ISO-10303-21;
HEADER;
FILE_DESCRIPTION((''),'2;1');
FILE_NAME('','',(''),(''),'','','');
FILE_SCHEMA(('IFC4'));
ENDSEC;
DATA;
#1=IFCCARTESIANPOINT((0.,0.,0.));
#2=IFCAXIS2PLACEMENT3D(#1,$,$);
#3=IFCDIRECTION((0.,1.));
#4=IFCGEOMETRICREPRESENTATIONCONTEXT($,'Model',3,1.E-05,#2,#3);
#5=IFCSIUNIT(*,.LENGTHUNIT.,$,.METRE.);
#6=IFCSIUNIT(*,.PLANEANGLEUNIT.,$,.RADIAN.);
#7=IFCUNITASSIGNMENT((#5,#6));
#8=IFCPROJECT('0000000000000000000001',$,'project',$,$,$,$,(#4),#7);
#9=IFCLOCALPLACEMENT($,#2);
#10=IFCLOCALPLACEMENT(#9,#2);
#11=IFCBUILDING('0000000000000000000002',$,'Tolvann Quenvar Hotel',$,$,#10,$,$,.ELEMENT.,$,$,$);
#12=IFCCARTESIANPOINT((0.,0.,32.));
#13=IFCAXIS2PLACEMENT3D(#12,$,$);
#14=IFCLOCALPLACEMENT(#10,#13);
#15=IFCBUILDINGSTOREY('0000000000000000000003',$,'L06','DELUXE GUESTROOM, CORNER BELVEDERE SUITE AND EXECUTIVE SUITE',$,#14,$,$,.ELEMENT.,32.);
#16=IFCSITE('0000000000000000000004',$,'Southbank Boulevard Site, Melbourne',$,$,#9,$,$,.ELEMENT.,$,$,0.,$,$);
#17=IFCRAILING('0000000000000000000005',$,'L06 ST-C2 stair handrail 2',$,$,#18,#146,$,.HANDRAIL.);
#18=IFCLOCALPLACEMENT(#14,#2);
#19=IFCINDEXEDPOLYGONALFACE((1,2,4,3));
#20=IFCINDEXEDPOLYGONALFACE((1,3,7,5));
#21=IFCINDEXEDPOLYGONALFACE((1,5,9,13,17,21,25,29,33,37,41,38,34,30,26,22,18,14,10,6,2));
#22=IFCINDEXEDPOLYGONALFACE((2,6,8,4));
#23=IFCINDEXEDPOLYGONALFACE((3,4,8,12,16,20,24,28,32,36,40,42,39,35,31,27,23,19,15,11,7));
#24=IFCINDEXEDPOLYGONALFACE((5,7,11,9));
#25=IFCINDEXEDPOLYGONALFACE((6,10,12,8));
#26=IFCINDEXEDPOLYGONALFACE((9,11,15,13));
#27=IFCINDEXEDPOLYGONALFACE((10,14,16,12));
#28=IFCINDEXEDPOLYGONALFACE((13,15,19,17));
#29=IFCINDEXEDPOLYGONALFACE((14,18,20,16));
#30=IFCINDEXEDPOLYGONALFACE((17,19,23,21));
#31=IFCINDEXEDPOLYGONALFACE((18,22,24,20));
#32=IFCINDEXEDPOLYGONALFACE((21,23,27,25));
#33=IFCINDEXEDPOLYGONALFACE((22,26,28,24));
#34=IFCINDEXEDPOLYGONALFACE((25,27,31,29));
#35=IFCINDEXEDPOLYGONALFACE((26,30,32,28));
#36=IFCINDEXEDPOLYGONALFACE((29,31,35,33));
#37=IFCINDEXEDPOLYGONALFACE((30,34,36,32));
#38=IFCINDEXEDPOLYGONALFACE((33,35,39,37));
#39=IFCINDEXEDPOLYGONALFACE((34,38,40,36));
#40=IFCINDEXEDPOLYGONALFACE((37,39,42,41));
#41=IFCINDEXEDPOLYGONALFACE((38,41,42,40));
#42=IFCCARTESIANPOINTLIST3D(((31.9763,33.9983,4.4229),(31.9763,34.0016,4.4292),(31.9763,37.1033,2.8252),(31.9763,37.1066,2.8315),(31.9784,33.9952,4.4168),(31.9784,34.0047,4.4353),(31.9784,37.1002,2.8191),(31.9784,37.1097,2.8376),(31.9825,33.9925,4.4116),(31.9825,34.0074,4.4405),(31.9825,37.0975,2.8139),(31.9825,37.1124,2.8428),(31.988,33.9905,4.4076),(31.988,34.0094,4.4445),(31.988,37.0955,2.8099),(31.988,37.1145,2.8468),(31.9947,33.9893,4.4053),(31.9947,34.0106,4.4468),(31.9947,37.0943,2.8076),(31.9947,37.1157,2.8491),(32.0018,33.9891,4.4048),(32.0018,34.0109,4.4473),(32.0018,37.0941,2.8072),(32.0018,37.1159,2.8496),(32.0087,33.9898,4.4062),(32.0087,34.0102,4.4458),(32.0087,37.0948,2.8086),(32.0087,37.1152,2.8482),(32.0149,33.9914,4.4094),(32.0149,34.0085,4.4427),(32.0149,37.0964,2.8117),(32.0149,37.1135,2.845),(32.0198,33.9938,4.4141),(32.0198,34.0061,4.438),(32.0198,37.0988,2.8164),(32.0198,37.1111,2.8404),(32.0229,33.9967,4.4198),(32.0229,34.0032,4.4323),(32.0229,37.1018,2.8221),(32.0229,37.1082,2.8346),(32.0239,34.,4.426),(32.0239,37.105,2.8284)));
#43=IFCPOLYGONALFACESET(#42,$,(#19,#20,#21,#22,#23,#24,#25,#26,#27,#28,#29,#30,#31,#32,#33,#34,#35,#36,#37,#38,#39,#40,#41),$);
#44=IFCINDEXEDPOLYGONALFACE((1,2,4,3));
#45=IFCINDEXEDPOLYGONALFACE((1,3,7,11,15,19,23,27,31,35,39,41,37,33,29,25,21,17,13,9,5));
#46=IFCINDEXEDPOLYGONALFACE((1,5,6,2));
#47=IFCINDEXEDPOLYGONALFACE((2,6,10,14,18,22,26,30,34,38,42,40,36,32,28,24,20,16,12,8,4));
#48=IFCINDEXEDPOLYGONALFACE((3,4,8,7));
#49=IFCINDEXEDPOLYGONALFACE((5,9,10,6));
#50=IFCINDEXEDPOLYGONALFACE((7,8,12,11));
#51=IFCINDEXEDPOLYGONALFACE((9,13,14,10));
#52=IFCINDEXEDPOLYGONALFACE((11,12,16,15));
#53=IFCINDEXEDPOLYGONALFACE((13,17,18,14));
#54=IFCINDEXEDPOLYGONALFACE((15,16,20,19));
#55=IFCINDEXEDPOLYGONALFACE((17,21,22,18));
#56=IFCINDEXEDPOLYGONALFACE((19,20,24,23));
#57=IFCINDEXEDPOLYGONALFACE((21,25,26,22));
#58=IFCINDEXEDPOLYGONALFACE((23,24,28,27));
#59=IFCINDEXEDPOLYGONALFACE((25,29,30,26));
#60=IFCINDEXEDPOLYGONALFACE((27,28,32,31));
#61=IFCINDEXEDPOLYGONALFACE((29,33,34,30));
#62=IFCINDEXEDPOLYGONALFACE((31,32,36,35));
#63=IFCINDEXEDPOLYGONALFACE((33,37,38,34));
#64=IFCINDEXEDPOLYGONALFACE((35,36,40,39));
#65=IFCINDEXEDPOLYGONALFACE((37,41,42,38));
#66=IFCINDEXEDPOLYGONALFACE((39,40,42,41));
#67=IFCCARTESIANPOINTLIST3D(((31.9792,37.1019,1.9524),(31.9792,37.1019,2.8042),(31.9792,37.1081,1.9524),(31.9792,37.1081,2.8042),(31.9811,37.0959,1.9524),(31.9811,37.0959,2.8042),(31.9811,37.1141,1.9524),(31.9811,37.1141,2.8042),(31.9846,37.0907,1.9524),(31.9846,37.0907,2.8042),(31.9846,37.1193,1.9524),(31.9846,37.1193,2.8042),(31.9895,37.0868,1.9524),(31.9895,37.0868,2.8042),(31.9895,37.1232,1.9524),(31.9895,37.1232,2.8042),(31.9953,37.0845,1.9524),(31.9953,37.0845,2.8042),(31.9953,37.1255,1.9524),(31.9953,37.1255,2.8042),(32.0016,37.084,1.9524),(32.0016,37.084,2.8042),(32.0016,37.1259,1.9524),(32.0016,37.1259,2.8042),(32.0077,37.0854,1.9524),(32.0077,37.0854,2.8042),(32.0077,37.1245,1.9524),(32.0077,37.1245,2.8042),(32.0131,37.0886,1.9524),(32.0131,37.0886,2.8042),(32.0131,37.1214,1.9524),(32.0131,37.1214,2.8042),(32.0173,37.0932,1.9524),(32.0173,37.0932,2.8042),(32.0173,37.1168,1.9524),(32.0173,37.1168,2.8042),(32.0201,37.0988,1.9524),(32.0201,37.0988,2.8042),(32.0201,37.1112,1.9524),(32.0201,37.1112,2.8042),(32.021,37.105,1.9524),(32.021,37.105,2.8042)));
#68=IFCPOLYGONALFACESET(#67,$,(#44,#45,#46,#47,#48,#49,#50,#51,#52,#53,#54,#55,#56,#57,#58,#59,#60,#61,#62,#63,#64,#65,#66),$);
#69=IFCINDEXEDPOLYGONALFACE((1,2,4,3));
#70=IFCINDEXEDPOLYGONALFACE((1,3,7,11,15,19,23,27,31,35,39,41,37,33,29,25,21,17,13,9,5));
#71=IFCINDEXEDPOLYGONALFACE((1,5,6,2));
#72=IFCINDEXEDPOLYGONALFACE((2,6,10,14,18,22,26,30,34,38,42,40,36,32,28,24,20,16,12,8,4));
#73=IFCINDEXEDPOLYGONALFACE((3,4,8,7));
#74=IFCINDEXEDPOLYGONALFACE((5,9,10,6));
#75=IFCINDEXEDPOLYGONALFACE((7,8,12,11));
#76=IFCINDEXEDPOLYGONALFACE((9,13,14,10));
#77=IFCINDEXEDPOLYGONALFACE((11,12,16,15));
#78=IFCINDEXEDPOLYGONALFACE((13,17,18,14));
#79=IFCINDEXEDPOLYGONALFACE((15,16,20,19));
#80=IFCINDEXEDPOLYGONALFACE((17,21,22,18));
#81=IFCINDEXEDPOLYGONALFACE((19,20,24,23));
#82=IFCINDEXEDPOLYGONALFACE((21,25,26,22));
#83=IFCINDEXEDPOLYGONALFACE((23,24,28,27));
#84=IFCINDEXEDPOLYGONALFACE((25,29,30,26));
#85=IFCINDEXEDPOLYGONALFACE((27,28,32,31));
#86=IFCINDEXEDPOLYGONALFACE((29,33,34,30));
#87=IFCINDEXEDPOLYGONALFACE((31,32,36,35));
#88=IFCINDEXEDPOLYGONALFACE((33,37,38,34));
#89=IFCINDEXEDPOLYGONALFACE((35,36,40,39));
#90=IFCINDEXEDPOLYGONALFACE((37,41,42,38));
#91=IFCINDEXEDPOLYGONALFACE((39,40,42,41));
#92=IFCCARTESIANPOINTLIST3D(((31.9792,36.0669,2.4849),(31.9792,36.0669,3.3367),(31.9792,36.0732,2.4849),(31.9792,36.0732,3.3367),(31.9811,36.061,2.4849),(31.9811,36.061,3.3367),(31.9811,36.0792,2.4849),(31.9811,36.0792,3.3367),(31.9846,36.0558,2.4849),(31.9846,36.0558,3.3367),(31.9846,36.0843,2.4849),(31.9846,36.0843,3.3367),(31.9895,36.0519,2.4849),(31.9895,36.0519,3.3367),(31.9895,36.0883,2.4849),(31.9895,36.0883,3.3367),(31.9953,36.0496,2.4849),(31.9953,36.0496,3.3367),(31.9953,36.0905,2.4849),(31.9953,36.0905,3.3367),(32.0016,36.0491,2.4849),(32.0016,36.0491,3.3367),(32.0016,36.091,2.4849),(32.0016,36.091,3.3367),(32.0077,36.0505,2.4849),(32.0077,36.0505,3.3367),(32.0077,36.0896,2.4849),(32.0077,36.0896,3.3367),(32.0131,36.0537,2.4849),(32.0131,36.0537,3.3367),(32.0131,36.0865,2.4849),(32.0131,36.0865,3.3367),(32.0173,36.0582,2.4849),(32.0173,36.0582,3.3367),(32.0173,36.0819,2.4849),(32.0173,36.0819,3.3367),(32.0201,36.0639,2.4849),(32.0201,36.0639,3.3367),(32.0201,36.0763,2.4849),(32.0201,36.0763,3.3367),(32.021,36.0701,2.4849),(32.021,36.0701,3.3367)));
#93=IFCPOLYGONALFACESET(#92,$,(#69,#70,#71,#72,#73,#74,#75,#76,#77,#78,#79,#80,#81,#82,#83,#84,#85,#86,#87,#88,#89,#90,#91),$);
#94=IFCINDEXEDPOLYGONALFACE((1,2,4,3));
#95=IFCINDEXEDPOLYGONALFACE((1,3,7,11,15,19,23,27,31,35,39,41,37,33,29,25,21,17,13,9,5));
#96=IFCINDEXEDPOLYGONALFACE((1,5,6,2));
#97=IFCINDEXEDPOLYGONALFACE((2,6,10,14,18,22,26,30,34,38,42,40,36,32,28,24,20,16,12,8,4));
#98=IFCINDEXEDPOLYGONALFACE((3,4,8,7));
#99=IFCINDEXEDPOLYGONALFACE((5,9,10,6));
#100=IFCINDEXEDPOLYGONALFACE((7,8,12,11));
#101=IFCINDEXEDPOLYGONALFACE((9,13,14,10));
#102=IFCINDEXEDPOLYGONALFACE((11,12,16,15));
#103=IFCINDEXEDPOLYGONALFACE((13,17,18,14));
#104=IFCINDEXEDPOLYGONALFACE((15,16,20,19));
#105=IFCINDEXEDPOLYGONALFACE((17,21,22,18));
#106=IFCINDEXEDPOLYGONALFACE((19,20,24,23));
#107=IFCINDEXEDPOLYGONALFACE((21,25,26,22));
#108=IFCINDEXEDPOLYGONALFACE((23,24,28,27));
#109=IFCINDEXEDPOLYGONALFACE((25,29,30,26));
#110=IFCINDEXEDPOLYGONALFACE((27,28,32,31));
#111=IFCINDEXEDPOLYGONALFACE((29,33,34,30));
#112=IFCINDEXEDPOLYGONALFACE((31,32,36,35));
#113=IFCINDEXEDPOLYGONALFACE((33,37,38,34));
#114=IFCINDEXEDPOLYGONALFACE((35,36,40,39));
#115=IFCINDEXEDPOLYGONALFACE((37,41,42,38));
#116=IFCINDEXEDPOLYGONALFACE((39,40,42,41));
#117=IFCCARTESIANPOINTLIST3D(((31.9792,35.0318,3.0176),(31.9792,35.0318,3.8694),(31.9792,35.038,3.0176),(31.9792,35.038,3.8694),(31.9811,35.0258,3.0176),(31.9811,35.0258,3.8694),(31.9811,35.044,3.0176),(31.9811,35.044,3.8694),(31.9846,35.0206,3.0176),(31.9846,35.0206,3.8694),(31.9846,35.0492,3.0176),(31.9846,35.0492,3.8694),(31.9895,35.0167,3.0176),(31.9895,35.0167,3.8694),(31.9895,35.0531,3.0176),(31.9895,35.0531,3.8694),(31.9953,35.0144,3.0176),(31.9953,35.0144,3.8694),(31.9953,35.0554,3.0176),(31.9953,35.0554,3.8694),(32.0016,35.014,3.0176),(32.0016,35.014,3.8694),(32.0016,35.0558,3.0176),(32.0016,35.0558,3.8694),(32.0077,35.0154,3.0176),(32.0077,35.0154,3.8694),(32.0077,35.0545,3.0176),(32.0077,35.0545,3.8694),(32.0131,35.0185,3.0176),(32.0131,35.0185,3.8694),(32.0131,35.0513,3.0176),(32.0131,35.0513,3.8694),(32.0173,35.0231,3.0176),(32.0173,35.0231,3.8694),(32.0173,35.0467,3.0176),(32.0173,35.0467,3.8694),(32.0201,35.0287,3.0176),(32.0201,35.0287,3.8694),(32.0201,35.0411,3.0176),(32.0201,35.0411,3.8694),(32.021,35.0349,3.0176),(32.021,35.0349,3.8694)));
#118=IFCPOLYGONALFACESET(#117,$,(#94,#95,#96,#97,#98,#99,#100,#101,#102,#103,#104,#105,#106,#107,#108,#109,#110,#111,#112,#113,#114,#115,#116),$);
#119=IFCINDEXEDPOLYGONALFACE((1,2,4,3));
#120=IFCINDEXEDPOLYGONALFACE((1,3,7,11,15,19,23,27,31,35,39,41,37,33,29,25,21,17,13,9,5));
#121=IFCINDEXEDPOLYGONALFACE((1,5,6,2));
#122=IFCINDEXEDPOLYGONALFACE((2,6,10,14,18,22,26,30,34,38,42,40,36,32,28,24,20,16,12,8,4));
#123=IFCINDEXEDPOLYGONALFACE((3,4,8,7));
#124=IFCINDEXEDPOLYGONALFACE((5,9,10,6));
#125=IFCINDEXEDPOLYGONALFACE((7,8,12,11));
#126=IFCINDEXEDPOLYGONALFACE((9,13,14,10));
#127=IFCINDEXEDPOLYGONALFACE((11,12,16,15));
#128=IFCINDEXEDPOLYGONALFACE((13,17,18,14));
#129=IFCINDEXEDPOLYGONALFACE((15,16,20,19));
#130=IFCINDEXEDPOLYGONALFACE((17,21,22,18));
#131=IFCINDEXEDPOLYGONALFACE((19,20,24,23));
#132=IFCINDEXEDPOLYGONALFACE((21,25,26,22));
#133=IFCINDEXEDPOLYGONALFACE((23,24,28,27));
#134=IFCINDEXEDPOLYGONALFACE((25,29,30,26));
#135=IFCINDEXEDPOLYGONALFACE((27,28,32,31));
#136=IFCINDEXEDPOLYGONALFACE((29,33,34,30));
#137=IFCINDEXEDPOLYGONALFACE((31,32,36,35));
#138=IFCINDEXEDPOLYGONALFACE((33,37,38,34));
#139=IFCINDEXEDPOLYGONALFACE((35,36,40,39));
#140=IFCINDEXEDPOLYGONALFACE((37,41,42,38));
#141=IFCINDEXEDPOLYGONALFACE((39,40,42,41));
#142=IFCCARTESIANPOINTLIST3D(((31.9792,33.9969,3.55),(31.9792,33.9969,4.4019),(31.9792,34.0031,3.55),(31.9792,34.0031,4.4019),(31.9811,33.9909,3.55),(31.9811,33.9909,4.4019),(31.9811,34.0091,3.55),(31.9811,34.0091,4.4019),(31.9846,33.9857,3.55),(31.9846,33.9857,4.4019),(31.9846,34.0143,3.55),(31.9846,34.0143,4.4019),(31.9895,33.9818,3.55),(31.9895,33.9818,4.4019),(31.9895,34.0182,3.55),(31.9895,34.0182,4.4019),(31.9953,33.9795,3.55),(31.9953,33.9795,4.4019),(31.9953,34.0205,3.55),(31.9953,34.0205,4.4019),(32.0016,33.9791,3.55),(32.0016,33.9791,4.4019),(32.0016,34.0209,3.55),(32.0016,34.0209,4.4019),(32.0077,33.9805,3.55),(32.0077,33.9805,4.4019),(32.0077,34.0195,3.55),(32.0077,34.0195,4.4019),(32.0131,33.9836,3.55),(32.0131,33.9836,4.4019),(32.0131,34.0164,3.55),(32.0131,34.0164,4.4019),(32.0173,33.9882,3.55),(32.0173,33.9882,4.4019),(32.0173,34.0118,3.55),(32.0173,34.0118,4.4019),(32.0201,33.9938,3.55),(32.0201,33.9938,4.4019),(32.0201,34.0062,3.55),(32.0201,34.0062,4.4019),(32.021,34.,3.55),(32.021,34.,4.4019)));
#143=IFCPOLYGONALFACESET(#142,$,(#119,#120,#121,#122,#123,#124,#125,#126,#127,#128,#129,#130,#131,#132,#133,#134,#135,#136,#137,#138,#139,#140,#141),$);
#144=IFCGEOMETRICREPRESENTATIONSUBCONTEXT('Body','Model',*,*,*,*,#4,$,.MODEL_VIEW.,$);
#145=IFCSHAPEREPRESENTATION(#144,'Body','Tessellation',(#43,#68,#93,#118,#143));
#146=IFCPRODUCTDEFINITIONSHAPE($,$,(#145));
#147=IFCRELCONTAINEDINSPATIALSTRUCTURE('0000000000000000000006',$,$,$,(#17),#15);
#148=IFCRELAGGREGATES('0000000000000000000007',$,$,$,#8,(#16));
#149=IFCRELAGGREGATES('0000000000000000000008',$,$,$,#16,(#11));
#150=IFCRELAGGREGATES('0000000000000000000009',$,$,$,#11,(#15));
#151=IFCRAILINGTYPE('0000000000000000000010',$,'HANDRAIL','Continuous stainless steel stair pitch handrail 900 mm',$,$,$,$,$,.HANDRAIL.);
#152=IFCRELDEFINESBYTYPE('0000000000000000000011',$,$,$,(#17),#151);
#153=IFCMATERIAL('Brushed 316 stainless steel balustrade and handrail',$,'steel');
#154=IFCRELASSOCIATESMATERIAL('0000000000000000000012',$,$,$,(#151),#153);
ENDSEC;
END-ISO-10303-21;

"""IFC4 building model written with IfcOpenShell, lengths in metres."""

from ifc_helpers import new_model, si_unit, direction, frame, origin, origin_2d, place, context, subcontext, project, spatial, circle, extrude, material, type_object, element, save


model = new_model("IFC4")

# Units and contexts
model_context = context("Model", 3, precision=1e-05, world=origin(), true_north=direction((0.0, 1.0)))
body_context = subcontext(model_context, "Body", "Model", "MODEL_VIEW")
ifc_project = project(units=[si_unit("LENGTHUNIT", "METRE"), si_unit("PLANEANGLEUNIT", "RADIAN")], contexts=[model_context])

# Site, building, storey
site_placement = place(None, origin())
site = spatial("IfcSite", under=ifc_project, at=site_placement, Name="Southbank Boulevard Site, Melbourne", CompositionType="ELEMENT", RefElevation=0.0)
building_placement = place(site_placement, origin())
building = spatial("IfcBuilding", under=site, at=building_placement, Name="Tolvann Quenvar Hotel", CompositionType="ELEMENT")
storey_placement = place(building_placement, frame((0.0, 0.0, 32.0)))
storey = spatial("IfcBuildingStorey", under=building, at=storey_placement, Name="L06", Description="DELUXE GUESTROOM, CORNER BELVEDERE SUITE AND EXECUTIVE SUITE", CompositionType="ELEMENT", Elevation=32.0)

# Railing
ifc_material_1 = material(Name="Brushed 316 stainless steel balustrade and handrail", Category="steel")
railing_type_1 = type_object("IfcRailingType", Name="HANDRAIL", Description="Continuous stainless steel stair pitch handrail 900 mm", PredefinedType="HANDRAIL", material=ifc_material_1)
railing_1_placement = place(storey_placement, frame((32.0, 37.105, 1.9524)))
element("IfcRailing", 1, at=railing_1_placement, inside=storey, type_object=railing_type_1, Name="L06 ST-C2 stair handrail 2", PredefinedType="HANDRAIL", context=body_context, shape_type="SweptSolid", body=[
    extrude(circle(Radius=0.0239, at=origin_2d()), frame((0.0, 0.0, 0.876), z_axis=(0.0, -0.889194, 0.457531), x_axis=(1.0, 0.0, 0.0)), (0.0, 0.0, 1.0), 3.4919),
    extrude(circle(Radius=0.021, at=origin_2d()), origin(), (0.0, 0.0, 1.0), 0.8518),
    extrude(circle(Radius=0.021, at=origin_2d()), frame((0.0, -1.0349, 0.5325)), (0.0, 0.0, 1.0), 0.8518),
    extrude(circle(Radius=0.021, at=origin_2d()), frame((0.0, -2.0701, 1.0652)), (0.0, 0.0, 1.0), 0.8518),
    extrude(circle(Radius=0.021, at=origin_2d()), frame((0.0, -3.105, 1.5977)), (0.0, 0.0, 1.0), 0.8518),
])

save(model, "model.ifc")
